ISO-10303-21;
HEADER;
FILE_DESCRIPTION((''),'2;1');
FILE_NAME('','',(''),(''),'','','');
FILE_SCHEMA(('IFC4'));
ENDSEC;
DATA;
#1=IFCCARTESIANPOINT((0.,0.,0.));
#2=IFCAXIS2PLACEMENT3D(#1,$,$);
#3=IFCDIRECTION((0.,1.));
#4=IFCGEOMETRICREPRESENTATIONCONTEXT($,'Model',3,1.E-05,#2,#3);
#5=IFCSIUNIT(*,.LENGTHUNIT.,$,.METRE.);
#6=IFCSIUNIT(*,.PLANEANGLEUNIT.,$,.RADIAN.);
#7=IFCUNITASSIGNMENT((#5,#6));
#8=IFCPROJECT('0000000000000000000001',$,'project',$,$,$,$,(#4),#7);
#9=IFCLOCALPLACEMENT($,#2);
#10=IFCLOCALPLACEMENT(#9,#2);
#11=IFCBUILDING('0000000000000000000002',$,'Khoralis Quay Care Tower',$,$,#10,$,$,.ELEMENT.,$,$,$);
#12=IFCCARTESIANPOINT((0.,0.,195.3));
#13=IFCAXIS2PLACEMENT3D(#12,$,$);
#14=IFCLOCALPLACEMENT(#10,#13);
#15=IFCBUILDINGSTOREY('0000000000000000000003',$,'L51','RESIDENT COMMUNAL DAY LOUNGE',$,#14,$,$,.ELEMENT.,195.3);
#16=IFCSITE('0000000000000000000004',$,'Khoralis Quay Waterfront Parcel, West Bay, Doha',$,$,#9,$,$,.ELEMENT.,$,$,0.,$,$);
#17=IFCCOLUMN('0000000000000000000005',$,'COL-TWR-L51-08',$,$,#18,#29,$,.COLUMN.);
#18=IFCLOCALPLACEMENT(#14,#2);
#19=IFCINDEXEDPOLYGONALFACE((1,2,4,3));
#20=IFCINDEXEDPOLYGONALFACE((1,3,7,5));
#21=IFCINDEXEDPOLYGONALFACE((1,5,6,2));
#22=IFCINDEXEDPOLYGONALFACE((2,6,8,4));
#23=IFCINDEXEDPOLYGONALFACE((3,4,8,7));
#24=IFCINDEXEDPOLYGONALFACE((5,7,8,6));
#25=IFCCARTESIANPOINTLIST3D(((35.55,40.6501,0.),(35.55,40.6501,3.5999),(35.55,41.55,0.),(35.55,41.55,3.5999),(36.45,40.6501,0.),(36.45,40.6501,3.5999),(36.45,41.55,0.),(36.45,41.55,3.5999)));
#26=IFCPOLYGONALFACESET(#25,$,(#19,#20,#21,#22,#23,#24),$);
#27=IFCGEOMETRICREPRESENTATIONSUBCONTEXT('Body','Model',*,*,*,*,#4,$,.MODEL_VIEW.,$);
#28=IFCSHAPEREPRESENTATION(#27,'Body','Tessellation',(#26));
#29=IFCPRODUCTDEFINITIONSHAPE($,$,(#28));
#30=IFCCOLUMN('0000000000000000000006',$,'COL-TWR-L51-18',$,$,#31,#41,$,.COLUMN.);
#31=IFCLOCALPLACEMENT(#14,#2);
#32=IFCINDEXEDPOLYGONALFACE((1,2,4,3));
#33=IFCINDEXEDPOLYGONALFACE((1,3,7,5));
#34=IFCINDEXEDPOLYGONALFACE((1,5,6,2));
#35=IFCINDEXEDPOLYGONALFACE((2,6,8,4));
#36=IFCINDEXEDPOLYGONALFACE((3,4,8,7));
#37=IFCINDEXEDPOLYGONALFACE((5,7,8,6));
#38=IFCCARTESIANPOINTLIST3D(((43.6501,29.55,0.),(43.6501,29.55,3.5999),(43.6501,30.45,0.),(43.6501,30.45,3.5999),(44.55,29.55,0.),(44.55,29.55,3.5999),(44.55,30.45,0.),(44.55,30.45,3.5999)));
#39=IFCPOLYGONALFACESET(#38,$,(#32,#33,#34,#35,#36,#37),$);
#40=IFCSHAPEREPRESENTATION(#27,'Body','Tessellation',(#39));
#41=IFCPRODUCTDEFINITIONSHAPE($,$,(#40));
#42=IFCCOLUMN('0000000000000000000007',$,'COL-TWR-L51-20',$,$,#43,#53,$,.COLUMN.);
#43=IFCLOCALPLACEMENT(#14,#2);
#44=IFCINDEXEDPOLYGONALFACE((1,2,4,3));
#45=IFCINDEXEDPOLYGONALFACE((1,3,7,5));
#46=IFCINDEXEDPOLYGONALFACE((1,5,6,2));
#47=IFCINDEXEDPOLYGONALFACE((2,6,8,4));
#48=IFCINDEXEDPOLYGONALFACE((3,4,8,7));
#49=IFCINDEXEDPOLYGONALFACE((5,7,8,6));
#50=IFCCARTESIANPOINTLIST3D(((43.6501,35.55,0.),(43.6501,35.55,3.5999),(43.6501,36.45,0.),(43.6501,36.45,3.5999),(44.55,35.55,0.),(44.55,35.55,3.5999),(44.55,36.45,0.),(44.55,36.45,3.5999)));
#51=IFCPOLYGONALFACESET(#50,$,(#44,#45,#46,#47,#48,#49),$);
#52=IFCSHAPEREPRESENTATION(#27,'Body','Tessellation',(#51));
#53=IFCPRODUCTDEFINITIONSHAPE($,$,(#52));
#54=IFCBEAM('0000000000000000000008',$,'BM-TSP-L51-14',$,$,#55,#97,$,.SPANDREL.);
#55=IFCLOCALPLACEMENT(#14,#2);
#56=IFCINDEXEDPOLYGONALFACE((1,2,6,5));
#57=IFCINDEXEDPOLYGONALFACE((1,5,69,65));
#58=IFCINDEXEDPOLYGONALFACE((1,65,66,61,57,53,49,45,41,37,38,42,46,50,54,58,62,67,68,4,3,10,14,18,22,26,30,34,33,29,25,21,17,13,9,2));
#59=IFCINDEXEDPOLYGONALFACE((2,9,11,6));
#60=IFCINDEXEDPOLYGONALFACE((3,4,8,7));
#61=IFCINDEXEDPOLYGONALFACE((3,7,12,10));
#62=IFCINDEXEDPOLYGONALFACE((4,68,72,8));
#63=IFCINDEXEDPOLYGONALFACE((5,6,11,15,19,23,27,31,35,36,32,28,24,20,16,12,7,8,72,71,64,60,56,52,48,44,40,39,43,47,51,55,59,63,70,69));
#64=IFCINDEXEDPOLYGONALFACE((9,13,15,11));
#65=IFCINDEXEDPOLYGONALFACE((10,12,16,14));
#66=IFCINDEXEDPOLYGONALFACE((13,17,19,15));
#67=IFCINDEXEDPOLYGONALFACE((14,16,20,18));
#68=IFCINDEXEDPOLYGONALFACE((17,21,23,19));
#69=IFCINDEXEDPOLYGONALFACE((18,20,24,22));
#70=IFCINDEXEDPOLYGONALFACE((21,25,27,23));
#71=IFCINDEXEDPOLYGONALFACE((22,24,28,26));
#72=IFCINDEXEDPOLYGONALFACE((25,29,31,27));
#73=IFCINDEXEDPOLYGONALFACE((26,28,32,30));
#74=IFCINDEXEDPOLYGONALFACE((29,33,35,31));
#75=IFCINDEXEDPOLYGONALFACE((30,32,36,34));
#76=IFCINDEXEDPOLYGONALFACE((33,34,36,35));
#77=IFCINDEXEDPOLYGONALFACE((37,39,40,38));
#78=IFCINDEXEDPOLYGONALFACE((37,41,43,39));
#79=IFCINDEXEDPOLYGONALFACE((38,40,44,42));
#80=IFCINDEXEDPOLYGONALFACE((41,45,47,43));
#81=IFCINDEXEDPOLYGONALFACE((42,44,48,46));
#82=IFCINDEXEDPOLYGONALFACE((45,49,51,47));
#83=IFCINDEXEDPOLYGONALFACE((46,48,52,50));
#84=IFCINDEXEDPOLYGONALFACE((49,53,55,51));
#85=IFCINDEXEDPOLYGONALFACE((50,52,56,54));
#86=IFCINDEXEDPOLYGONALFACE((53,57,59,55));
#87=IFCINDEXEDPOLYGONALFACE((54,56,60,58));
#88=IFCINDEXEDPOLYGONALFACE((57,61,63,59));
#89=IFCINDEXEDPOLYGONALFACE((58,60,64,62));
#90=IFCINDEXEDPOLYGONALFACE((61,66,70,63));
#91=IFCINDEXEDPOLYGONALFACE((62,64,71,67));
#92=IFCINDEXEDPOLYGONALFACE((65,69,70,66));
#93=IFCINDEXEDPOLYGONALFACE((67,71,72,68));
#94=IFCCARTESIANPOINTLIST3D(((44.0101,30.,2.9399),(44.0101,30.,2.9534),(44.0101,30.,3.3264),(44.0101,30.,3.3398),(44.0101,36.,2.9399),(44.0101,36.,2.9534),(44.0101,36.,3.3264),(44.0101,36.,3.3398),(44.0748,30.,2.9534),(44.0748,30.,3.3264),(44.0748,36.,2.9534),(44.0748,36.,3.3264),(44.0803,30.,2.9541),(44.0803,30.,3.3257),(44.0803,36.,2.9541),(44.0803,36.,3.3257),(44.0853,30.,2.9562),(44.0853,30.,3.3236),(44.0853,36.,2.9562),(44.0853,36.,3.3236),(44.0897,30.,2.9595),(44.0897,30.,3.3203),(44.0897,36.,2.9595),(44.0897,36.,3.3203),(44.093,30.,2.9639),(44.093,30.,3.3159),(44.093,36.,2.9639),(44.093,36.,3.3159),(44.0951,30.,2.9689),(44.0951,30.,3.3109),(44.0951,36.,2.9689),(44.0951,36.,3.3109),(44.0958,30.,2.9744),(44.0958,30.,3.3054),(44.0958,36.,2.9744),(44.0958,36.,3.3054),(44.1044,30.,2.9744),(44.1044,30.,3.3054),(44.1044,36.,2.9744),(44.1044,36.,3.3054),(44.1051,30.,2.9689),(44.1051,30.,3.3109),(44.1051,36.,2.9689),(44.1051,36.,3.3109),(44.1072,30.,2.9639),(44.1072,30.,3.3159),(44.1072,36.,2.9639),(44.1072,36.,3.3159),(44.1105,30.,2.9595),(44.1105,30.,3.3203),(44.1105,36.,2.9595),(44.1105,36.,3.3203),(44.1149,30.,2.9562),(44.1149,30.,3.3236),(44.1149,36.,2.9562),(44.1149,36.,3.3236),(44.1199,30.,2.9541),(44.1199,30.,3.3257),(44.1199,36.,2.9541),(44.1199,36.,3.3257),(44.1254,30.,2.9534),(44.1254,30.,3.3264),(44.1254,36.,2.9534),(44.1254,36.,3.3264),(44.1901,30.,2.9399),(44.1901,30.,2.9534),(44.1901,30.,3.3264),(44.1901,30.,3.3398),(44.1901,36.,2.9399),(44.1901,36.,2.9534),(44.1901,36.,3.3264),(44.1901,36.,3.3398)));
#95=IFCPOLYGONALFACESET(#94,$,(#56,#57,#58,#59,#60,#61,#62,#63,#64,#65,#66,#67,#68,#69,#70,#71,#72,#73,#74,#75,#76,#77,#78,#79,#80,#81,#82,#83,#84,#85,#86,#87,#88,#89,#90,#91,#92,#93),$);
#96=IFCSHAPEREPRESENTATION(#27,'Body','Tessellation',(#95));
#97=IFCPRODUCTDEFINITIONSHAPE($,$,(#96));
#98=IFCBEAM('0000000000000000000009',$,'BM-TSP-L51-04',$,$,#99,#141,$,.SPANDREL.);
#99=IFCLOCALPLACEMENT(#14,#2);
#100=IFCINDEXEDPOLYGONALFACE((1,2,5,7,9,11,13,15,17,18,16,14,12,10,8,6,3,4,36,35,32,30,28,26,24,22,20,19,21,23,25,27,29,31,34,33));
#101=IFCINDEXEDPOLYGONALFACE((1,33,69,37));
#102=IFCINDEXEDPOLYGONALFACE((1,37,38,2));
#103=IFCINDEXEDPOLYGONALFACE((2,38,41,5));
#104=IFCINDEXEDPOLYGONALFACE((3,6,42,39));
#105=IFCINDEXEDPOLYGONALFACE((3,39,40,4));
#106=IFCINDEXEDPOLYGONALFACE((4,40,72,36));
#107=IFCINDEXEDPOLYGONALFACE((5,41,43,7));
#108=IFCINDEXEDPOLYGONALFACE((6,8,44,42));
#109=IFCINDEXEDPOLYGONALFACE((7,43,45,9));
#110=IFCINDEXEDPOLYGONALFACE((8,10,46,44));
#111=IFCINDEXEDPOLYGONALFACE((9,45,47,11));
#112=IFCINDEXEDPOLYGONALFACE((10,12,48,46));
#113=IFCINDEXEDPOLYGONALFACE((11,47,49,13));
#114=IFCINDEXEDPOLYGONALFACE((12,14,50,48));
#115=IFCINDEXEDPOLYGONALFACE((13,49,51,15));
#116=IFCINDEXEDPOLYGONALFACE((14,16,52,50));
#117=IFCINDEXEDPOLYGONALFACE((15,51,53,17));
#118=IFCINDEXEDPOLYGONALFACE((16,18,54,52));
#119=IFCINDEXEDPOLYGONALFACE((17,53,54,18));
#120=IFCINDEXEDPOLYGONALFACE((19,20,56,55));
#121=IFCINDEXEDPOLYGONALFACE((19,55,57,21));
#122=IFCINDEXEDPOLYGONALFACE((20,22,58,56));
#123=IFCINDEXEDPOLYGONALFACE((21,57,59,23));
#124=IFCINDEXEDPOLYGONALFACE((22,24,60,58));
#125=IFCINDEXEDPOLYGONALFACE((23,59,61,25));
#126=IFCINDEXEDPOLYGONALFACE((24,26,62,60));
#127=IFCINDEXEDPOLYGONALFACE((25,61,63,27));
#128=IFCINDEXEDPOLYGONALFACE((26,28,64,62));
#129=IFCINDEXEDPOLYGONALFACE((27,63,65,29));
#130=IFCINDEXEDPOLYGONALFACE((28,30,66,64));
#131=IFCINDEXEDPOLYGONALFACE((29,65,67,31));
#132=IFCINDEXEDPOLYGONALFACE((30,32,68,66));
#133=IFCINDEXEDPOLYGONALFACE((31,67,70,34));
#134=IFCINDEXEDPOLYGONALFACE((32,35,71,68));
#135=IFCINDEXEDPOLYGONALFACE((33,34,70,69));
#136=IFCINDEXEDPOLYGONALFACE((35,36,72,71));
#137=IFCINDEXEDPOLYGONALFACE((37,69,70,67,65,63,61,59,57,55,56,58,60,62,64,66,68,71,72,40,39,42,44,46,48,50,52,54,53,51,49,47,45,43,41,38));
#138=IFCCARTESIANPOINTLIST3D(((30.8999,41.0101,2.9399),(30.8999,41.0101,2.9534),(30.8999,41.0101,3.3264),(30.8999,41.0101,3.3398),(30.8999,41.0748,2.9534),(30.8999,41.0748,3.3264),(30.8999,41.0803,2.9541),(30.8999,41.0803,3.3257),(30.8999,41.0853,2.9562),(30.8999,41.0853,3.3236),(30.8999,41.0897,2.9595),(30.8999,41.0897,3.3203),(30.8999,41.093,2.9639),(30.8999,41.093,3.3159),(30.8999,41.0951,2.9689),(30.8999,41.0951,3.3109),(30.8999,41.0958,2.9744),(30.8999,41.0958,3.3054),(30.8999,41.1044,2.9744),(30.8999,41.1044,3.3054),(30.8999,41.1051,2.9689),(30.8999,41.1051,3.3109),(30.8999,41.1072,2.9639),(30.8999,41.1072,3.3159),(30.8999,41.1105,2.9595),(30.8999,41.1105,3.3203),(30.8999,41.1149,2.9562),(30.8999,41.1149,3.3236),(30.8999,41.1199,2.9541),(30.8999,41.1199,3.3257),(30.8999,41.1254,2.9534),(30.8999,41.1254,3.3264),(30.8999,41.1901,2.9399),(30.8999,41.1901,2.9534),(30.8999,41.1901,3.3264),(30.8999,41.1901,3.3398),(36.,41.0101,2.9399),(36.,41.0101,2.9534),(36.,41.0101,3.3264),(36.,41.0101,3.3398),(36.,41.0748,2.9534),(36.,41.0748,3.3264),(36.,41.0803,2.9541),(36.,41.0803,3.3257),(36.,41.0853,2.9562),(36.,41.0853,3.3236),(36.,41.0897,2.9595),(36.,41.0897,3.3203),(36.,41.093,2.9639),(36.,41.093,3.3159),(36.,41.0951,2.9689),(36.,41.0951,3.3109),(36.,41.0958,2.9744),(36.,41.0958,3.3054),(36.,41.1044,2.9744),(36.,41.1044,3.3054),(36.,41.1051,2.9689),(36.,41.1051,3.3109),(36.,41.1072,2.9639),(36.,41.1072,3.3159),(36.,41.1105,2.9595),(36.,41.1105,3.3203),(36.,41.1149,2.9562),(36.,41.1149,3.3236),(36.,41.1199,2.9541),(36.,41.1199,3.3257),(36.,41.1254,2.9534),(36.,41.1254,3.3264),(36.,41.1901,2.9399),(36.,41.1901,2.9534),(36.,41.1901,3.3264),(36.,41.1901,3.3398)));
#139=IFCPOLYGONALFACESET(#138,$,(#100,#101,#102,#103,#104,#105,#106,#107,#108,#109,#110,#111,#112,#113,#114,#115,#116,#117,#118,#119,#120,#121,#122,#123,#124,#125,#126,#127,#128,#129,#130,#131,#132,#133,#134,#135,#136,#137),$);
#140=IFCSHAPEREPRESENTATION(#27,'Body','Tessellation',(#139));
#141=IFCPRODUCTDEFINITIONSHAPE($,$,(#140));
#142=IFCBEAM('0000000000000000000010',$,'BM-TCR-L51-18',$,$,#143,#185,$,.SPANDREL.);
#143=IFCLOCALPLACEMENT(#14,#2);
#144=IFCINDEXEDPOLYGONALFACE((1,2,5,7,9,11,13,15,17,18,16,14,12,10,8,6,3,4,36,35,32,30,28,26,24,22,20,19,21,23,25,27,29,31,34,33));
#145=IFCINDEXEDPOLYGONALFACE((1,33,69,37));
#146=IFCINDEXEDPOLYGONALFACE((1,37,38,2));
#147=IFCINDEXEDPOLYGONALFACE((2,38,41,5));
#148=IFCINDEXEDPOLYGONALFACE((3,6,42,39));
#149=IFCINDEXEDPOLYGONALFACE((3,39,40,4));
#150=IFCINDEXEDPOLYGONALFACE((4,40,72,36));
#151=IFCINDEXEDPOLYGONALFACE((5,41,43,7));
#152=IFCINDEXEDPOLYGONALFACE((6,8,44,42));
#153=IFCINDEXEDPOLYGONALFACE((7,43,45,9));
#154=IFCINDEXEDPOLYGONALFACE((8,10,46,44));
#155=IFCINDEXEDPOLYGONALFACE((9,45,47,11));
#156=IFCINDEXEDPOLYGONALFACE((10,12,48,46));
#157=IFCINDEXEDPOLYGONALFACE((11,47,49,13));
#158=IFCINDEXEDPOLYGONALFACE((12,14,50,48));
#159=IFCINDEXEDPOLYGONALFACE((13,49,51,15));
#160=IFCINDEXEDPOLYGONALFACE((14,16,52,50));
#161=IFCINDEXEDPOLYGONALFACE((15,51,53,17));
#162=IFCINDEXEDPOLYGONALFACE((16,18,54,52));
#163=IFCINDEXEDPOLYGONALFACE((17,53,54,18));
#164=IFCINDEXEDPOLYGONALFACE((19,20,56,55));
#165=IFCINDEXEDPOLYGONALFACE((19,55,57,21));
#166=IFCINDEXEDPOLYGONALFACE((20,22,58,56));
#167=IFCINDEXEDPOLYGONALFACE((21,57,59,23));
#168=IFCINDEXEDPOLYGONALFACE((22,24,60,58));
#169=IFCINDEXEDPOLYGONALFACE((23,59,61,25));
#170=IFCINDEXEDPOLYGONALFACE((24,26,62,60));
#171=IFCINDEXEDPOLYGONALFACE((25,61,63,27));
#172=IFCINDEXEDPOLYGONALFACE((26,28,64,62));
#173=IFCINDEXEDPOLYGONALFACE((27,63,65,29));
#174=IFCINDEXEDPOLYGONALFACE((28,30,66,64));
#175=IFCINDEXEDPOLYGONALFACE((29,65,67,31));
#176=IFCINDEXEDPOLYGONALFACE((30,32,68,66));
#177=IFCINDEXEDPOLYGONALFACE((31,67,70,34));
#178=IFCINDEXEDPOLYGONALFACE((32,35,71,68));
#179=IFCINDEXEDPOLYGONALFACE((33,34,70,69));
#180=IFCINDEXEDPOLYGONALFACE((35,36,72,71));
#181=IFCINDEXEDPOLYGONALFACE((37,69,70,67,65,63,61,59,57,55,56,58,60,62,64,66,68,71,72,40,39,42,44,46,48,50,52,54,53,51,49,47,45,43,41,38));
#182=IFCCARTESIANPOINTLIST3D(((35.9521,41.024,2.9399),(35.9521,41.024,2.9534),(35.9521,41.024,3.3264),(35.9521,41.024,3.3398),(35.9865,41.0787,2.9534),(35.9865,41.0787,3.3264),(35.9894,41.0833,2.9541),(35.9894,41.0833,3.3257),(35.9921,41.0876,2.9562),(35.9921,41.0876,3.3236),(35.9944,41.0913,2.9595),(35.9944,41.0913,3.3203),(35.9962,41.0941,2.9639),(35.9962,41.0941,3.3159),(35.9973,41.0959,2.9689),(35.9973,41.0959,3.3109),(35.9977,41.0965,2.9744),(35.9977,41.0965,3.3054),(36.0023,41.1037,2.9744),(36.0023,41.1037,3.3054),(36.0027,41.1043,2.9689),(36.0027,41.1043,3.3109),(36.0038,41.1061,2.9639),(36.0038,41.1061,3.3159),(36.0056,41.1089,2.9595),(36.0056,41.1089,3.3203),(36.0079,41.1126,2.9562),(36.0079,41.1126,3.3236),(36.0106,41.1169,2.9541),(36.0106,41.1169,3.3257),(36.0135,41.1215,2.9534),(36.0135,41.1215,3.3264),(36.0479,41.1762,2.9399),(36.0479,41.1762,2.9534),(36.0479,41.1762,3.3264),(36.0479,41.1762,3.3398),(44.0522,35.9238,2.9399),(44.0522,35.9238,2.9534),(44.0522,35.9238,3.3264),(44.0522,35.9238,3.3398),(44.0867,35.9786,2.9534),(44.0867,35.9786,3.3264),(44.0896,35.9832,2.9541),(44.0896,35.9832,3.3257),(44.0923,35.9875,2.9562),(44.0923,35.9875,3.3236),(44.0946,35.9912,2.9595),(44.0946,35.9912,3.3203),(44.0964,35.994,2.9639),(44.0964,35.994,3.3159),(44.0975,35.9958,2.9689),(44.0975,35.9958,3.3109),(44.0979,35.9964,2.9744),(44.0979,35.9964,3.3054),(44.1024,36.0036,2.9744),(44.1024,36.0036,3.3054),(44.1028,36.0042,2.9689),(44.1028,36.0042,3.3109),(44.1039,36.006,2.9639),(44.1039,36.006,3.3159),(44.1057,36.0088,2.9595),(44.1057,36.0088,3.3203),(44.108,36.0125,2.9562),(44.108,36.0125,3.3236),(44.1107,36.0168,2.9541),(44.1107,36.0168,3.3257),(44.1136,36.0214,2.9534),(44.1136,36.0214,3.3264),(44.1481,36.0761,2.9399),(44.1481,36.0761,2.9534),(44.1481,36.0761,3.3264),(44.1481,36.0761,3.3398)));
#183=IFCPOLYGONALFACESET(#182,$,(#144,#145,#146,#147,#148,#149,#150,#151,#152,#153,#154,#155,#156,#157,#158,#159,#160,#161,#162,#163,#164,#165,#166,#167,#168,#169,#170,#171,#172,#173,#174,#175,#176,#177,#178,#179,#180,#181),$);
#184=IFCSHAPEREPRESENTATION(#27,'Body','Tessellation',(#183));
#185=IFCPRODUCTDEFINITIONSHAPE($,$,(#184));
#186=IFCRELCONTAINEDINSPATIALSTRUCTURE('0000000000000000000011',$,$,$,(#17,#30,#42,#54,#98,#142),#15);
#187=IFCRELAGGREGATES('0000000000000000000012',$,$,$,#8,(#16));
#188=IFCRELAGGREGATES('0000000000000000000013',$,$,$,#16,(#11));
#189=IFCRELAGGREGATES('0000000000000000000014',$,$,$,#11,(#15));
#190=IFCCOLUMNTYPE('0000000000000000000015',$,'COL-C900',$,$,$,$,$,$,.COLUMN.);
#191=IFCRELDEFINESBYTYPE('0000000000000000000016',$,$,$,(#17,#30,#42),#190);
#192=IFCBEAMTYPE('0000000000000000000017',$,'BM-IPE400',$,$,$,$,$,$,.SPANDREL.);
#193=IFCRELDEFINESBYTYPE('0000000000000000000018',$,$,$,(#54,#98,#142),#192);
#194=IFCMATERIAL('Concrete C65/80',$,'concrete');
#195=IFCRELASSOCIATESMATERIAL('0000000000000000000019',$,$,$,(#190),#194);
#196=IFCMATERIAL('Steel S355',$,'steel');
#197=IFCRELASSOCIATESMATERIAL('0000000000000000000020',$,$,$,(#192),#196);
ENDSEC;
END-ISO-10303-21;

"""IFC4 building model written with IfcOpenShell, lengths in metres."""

from ifc_helpers import new_model, si_unit, direction, frame, origin, origin_2d, place, context, subcontext, project, spatial, rectangle, i_section, extrude, source, transform, mapped, material, material_profile, profile_set, type_object, element, save


model = new_model("IFC4")

# Units and contexts
model_context = context("Model", 3, precision=1e-05, world=origin(), true_north=direction((0.0, 1.0)))
body_context = subcontext(model_context, "Body", "Model", "MODEL_VIEW")
ifc_project = project(units=[si_unit("LENGTHUNIT", "METRE"), si_unit("PLANEANGLEUNIT", "RADIAN")], contexts=[model_context])

# Site, building, storey
site_placement = place(None, origin())
site = spatial("IfcSite", under=ifc_project, at=site_placement, Name="Khoralis Quay Waterfront Parcel, West Bay, Doha", CompositionType="ELEMENT", RefElevation=0.0)
building_placement = place(site_placement, origin())
building = spatial("IfcBuilding", under=site, at=building_placement, Name="Khoralis Quay Care Tower", CompositionType="ELEMENT")
storey_placement = place(building_placement, frame((0.0, 0.0, 195.3)))
storey = spatial("IfcBuildingStorey", under=building, at=storey_placement, Name="L51", Description="RESIDENT COMMUNAL DAY LOUNGE", CompositionType="ELEMENT", Elevation=195.3)

# Columns
ifc_material_1 = material(Name="Concrete C65/80", Category="concrete")
ifc_material_profile_1 = material_profile(ifc_material_1, rectangle(XDim=0.8999, YDim=0.8999, at=origin_2d()), Name="Concrete C65/80")
ifc_profile_set_1 = profile_set([ifc_material_profile_1], Name="Concrete C65/80")
column_type = type_object("IfcColumnType", Name="COL-C900", PredefinedType="COLUMN", material=ifc_profile_set_1)
shared_shape_1 = source(origin(), body_context, "Body", "SweptSolid", [
    extrude(rectangle(XDim=0.8999, YDim=0.8999, at=origin_2d()), origin(), (0.0, 0.0, 1.0), 3.5999),
])
for number, where, z_axis, x_axis, name in (
    (1, (36.0, 41.1001, 0.0), (0.0, 0.0, 1.0), (1.0, 0.0, 0.0), "COL-TWR-L51-08"),
    (2, (44.1001, 30.0, 0.0), (0.0, 0.0, 1.0), (1.0, 0.0, 0.0), "COL-TWR-L51-18"),
    (3, (44.1001, 36.0, 0.0), (0.0, 0.0, 1.0), (1.0, 0.0, 0.0), "COL-TWR-L51-20"),
):
    element("IfcColumn", number, at=place(storey_placement, frame(where, z_axis=z_axis, x_axis=x_axis)), inside=storey, type_object=column_type, Name=name, PredefinedType="COLUMN", context=body_context, shape_type="MappedRepresentation", body=[
        mapped(shared_shape_1, transform((0.0, 0.0, 0.0), scale=1.0)),
    ])

# Beams
ifc_material_2 = material(Name="Steel S355", Category="steel")
ifc_material_profile_2 = material_profile(ifc_material_2, i_section(OverallWidth=0.1799, OverallDepth=0.3999, WebThickness=0.0085, FlangeThickness=0.0134, FilletRadius=0.021, at=origin_2d()), Name="Steel S355")
ifc_profile_set_2 = profile_set([ifc_material_profile_2], Name="Steel S355")
beam_type_1 = type_object("IfcBeamType", Name="BM-IPE400", PredefinedType="SPANDREL", material=ifc_profile_set_2)
shared_shape_2 = source(origin(), body_context, "Body", "SweptSolid", [
    extrude(i_section(OverallWidth=0.1799, OverallDepth=0.3999, WebThickness=0.0085, FlangeThickness=0.0134, FilletRadius=0.021, at=origin_2d()), origin(), (0.0, 0.0, 1.0), 6.0),
])
beam_1_placement = place(storey_placement, frame((44.1001, 30.0, 3.1399), z_axis=(0.0, 1.0, 0.0), x_axis=(-1.0, 0.0, 0.0)))
element("IfcBeam", 4, at=beam_1_placement, inside=storey, type_object=beam_type_1, Name="BM-TSP-L51-14", PredefinedType="SPANDREL", context=body_context, shape_type="MappedRepresentation", body=[
    mapped(shared_shape_2, transform((0.0, 0.0, 0.0), scale=1.0)),
])
shared_shape_3 = source(origin(), body_context, "Body", "SweptSolid", [
    extrude(i_section(OverallWidth=0.1799, OverallDepth=0.3999, WebThickness=0.0085, FlangeThickness=0.0134, FilletRadius=0.021, at=origin_2d()), origin(), (0.0, 0.0, 1.0), 5.1001),
])
beam_2_placement = place(storey_placement, frame((30.8999, 41.1001, 3.1399), z_axis=(1.0, 0.0, 0.0), x_axis=(0.0, 1.0, 0.0)))
element("IfcBeam", 5, at=beam_2_placement, inside=storey, type_object=beam_type_1, Name="BM-TSP-L51-04", PredefinedType="SPANDREL", context=body_context, shape_type="MappedRepresentation", body=[
    mapped(shared_shape_3, transform((0.0, 0.0, 0.0), scale=1.0)),
])
shared_shape_4 = source(origin(), body_context, "Body", "SweptSolid", [
    extrude(i_section(OverallWidth=0.1799, OverallDepth=0.3999, WebThickness=0.0085, FlangeThickness=0.0134, FilletRadius=0.021, at=origin_2d()), origin(), (0.0, 0.0, 1.0), 9.572),
])
beam_3_placement = place(storey_placement, frame((36.0, 41.1001, 3.1399), z_axis=(0.846231, -0.532816, 0.0), x_axis=(0.532816, 0.846231, 0.0)))
element("IfcBeam", 6, at=beam_3_placement, inside=storey, type_object=beam_type_1, Name="BM-TCR-L51-18", PredefinedType="SPANDREL", context=body_context, shape_type="MappedRepresentation", body=[
    mapped(shared_shape_4, transform((0.0, 0.0, 0.0), scale=1.0)),
])

save(model, "model.ifc")
